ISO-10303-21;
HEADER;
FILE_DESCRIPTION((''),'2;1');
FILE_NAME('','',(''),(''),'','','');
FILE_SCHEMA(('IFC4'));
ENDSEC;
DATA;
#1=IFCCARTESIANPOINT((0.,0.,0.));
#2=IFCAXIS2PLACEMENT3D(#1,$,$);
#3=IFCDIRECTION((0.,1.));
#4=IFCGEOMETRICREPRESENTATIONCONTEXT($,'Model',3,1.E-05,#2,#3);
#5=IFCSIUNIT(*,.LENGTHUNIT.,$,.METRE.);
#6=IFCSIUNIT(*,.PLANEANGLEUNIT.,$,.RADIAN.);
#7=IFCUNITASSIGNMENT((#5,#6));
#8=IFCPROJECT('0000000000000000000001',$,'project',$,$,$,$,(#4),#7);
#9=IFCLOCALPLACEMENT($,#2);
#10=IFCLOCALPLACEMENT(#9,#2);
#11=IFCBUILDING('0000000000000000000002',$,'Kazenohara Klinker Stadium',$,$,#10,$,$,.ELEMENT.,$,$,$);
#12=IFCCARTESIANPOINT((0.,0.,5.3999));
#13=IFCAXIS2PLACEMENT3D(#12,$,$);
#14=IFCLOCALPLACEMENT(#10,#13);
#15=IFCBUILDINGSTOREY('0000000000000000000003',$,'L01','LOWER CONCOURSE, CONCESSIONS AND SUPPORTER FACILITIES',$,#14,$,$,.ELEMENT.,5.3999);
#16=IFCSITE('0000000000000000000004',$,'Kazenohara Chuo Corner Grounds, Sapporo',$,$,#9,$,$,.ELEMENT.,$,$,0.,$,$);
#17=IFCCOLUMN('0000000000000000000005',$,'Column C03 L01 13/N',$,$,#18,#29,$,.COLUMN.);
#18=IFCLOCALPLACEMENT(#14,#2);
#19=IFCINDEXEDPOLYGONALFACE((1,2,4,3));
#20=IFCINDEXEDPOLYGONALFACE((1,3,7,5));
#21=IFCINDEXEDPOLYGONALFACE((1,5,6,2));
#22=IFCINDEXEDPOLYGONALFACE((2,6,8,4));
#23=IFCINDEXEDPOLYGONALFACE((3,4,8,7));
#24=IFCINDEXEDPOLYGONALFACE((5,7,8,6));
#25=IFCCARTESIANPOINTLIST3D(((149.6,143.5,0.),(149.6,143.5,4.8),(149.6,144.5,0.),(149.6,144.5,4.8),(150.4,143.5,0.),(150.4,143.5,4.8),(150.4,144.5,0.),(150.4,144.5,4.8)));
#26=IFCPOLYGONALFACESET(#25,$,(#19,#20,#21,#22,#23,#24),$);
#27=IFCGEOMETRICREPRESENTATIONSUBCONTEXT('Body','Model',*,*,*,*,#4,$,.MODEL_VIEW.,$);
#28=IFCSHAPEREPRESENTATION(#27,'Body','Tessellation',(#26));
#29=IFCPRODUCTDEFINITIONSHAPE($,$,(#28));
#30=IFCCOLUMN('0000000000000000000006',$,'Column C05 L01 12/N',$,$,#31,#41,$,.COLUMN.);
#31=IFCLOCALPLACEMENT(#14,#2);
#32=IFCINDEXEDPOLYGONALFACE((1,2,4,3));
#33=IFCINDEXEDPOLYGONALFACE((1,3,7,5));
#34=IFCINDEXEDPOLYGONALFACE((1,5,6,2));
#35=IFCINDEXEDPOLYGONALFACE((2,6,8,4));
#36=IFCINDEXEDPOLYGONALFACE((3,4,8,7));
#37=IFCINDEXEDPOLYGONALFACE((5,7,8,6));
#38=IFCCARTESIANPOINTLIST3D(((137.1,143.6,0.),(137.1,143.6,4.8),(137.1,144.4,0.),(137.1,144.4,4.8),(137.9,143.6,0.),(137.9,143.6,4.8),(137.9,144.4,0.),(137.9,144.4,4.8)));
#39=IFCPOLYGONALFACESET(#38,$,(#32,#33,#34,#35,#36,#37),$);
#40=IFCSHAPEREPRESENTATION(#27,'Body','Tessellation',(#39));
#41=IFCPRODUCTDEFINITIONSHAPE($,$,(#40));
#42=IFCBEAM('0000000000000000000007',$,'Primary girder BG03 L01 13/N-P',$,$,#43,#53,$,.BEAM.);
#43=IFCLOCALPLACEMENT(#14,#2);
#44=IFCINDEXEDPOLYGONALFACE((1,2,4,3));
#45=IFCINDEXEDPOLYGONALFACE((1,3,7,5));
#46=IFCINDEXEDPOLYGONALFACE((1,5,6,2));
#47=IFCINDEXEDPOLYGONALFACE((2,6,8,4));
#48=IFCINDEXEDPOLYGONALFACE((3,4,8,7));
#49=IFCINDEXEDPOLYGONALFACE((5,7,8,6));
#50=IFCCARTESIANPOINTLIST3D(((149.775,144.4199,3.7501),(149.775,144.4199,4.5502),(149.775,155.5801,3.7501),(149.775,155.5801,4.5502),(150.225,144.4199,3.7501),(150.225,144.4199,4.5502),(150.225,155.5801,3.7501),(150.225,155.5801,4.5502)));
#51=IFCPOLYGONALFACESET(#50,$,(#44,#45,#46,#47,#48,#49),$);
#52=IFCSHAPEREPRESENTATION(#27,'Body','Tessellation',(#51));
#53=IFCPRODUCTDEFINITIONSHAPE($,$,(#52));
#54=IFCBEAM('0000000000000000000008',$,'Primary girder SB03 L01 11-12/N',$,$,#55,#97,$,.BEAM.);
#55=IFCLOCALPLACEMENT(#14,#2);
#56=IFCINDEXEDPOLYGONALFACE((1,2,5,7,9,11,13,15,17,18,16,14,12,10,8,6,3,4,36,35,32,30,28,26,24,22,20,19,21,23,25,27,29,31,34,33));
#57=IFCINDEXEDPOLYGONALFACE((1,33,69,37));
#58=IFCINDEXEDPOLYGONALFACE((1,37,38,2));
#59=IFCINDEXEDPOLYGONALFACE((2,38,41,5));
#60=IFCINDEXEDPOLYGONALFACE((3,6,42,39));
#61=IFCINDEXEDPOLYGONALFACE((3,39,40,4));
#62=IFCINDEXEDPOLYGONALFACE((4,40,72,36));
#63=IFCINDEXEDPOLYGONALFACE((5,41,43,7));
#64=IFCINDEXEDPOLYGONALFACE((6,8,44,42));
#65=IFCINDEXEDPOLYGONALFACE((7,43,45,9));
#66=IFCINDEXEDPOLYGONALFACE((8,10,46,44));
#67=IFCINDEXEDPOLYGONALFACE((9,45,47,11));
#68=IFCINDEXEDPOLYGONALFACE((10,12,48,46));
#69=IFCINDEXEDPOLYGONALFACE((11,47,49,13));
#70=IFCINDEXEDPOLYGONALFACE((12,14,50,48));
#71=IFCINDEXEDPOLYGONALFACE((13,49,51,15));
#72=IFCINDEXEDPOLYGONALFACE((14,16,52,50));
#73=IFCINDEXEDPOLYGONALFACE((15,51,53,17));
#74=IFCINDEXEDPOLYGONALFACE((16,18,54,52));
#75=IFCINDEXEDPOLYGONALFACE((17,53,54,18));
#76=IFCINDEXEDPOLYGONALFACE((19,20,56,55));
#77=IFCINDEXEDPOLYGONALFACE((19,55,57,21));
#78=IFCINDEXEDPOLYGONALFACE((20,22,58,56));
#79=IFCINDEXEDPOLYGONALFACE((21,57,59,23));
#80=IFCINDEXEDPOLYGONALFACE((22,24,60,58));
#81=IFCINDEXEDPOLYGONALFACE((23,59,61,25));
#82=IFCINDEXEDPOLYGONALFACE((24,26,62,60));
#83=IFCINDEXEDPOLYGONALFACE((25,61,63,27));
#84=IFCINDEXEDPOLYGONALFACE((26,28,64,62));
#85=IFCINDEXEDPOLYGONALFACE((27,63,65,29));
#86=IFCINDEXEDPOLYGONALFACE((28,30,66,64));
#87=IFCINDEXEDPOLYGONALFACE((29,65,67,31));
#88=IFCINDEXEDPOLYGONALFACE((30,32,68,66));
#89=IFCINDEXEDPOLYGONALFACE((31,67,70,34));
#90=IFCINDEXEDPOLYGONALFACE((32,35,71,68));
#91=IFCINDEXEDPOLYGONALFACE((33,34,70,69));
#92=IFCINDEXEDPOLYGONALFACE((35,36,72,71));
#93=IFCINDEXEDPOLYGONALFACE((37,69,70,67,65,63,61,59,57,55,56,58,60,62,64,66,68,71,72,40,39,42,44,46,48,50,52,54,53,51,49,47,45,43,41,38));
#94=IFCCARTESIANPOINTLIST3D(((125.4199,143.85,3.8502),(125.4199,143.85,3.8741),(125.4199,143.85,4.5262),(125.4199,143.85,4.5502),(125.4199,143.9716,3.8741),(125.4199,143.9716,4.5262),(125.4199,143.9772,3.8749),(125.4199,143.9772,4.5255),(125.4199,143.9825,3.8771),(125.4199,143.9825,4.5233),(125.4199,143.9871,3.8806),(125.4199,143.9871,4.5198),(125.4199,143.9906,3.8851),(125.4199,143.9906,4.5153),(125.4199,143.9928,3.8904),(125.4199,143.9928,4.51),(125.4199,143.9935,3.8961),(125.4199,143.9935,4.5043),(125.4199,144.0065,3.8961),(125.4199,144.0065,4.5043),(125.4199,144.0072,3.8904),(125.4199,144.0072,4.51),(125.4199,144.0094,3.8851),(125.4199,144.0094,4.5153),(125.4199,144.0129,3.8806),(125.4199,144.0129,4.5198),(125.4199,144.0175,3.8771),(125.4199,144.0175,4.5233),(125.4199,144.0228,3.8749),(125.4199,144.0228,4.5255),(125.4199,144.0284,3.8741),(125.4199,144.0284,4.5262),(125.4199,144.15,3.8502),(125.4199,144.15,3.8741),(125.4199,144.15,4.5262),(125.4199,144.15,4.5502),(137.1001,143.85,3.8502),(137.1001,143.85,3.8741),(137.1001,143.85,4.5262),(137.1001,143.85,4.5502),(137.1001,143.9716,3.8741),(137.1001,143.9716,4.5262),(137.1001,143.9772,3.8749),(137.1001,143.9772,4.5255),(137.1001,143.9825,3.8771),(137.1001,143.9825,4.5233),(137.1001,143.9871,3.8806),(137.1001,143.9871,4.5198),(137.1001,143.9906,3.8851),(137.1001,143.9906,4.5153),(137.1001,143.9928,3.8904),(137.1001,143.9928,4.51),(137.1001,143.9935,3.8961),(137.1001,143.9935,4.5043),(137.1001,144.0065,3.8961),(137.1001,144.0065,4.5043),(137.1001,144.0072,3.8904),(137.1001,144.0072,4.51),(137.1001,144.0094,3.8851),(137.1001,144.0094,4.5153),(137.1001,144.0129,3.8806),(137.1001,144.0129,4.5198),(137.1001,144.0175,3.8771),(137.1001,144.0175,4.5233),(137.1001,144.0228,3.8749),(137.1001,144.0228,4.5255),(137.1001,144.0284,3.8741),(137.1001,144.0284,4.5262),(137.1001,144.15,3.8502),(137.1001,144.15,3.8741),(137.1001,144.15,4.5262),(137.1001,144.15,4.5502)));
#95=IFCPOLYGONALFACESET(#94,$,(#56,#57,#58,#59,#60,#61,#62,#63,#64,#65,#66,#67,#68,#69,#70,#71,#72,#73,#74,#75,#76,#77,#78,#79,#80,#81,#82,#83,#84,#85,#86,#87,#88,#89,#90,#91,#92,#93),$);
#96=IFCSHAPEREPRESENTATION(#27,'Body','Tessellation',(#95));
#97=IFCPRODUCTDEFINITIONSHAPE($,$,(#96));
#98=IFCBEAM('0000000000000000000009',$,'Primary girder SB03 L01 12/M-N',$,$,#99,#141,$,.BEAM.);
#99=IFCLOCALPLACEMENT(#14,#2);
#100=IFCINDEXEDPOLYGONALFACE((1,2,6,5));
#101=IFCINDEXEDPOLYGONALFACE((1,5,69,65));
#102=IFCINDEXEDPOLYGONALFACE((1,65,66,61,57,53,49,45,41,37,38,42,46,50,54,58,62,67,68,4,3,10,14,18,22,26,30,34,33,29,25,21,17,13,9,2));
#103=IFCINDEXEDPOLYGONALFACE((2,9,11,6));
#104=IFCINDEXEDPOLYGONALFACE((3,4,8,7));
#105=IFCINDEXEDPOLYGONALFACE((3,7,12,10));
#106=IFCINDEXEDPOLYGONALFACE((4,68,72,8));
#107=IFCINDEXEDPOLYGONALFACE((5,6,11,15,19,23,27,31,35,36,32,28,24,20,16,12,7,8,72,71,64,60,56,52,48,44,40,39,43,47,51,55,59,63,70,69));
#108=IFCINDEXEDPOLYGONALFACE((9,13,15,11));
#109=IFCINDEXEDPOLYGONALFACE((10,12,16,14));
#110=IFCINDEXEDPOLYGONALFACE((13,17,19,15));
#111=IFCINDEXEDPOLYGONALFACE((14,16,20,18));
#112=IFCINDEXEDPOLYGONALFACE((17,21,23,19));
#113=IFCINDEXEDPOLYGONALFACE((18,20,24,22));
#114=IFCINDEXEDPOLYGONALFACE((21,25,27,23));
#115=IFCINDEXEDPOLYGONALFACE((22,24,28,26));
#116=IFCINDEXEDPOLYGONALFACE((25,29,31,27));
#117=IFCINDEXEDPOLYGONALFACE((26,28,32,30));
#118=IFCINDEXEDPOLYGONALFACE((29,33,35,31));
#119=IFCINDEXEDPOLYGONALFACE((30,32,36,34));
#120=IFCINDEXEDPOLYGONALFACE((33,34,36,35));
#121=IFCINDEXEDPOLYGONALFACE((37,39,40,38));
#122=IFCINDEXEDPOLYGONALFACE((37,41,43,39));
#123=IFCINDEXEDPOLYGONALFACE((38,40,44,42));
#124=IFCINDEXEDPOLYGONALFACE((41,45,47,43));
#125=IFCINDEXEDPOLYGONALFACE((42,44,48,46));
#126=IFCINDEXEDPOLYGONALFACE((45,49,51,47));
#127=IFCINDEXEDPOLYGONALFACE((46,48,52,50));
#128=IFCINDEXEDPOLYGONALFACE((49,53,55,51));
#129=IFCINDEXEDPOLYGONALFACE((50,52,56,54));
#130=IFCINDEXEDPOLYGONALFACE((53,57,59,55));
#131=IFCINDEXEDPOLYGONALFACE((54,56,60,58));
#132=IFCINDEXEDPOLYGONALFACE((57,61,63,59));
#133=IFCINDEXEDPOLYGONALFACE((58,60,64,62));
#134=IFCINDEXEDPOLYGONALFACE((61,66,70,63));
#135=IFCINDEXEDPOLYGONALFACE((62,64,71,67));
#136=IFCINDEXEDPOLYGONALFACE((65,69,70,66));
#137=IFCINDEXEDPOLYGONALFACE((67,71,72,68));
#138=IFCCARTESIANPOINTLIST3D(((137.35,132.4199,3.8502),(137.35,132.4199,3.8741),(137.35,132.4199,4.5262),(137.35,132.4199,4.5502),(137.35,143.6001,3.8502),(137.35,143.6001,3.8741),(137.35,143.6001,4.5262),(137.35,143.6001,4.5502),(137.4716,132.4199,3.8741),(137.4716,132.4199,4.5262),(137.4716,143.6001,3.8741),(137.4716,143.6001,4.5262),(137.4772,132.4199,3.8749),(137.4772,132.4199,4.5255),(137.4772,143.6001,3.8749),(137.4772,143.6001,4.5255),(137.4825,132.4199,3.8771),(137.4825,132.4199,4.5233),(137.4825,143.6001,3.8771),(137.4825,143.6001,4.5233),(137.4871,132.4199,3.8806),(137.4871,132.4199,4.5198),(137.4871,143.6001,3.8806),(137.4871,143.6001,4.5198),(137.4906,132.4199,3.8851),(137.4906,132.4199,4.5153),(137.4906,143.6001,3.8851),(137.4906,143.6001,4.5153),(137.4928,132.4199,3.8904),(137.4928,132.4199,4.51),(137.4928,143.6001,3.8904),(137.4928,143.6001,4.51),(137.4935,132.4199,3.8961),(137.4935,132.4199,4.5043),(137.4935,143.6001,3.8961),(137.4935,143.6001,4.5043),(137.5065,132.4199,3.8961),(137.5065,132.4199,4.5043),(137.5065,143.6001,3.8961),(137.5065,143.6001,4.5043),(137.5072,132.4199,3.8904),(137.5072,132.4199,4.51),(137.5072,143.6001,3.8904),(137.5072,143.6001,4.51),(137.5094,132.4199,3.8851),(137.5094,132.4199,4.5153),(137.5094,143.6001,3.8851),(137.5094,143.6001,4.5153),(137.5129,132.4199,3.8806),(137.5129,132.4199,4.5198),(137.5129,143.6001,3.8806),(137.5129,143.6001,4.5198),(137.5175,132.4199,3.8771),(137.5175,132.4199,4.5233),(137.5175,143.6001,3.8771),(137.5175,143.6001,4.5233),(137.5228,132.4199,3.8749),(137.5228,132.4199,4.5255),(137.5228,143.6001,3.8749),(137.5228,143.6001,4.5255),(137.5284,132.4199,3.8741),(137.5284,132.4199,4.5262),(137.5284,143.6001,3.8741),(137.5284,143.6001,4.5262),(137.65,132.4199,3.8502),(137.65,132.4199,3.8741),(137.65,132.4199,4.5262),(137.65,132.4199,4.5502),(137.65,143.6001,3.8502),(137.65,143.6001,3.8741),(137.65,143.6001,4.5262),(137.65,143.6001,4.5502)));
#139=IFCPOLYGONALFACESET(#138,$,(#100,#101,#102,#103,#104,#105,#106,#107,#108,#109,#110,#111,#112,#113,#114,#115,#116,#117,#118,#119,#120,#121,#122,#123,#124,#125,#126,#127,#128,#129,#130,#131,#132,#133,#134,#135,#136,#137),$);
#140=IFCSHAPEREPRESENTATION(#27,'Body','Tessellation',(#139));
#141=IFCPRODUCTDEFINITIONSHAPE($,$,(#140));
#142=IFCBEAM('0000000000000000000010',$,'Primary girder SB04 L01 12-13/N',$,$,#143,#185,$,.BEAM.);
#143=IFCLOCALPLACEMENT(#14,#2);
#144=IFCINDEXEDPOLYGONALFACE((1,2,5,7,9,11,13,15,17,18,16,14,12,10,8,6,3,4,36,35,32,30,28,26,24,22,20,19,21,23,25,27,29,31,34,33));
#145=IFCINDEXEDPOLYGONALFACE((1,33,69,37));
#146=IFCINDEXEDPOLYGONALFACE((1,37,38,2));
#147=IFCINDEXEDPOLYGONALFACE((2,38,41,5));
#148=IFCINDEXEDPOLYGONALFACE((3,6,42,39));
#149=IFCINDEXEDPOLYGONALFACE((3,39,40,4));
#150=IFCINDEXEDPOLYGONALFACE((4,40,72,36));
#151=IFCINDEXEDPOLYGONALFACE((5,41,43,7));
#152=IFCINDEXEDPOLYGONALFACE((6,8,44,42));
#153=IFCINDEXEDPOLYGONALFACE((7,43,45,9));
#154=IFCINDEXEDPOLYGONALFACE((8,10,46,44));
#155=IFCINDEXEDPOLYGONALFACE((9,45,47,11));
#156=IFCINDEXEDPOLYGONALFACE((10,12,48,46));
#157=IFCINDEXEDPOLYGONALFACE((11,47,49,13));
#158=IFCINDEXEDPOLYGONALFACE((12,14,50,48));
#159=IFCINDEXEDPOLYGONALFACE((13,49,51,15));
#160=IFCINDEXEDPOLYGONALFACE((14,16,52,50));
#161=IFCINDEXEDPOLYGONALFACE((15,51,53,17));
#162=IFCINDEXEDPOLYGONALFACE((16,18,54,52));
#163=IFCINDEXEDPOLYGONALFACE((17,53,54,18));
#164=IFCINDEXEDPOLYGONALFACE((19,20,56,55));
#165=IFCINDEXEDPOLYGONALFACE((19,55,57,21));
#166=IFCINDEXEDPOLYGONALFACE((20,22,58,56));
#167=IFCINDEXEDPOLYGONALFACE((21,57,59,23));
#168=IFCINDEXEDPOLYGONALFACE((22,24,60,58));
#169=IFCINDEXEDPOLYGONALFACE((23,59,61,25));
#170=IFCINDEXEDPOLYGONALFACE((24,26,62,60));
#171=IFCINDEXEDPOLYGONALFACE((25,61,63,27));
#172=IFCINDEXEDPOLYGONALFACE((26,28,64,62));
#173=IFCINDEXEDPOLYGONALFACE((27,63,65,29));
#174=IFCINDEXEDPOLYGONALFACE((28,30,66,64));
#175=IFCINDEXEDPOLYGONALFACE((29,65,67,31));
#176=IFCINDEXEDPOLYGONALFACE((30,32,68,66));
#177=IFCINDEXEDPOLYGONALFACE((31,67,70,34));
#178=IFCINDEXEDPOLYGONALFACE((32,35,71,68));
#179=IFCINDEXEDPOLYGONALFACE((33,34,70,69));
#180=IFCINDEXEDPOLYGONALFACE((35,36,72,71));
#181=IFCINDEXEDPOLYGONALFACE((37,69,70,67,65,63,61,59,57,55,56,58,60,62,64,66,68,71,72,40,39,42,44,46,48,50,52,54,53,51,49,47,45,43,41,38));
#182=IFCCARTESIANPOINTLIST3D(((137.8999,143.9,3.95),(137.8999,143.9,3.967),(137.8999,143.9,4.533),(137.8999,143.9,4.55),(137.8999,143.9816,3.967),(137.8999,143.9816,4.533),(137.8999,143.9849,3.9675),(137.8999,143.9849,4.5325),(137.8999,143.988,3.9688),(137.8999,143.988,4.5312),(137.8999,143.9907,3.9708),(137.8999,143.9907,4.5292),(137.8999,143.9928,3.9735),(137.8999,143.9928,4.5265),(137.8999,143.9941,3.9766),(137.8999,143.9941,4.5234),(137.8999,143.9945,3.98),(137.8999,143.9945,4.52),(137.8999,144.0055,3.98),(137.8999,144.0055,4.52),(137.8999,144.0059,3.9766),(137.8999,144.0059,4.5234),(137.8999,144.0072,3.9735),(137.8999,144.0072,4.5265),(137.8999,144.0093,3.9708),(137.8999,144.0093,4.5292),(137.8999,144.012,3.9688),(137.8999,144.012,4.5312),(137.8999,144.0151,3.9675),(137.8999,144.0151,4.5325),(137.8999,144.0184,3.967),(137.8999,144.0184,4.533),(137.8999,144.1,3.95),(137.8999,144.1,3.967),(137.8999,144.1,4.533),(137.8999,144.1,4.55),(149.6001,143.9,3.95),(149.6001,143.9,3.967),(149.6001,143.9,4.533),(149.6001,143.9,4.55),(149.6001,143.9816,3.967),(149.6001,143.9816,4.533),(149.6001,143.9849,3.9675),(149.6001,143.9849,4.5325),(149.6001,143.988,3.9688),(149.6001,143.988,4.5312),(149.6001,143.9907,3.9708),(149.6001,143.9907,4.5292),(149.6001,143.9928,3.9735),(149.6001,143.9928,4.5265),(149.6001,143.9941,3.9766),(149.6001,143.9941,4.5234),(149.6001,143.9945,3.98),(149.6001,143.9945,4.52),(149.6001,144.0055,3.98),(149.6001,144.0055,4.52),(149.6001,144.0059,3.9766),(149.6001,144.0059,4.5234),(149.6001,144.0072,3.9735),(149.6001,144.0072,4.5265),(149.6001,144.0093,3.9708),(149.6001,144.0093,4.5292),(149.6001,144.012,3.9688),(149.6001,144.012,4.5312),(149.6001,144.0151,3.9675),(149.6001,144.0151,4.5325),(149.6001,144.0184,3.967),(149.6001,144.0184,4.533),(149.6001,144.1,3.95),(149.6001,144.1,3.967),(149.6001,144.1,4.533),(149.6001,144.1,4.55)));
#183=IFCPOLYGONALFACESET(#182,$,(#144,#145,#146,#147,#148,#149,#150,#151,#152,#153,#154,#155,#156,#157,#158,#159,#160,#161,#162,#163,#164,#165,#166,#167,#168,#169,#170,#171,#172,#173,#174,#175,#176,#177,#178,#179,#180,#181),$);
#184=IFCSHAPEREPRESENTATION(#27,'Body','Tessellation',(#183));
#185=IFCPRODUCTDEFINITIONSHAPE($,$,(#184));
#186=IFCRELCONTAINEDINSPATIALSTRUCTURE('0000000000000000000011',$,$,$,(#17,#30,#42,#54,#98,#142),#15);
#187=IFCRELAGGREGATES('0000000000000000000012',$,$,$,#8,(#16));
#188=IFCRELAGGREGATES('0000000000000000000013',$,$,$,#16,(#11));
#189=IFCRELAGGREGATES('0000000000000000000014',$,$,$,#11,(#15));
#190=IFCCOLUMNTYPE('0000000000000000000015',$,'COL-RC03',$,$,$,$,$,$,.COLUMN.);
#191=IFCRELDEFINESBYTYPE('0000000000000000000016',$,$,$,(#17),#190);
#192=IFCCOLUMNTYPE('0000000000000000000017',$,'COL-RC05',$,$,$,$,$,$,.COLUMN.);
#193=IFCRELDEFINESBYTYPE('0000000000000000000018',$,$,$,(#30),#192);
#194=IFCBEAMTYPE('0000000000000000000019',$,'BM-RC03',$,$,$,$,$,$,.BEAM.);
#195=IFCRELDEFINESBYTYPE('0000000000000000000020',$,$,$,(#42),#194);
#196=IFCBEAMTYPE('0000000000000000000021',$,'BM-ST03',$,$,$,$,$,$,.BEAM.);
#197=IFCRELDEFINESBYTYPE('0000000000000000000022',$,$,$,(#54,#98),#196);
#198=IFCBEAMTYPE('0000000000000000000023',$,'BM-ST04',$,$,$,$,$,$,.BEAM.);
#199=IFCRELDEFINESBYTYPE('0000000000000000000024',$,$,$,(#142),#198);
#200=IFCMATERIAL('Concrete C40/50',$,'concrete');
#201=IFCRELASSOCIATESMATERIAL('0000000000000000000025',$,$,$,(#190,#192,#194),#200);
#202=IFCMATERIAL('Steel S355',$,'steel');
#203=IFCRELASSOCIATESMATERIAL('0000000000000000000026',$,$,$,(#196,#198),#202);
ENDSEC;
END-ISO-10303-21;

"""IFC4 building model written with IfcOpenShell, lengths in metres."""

from ifc_helpers import new_model, si_unit, direction, frame, origin, origin_2d, place, context, subcontext, project, spatial, rectangle, i_section, extrude, material, material_profile, profile_set, type_object, element, save


model = new_model("IFC4")

# Units and contexts
model_context = context("Model", 3, precision=1e-05, world=origin(), true_north=direction((0.0, 1.0)))
body_context = subcontext(model_context, "Body", "Model", "MODEL_VIEW")
ifc_project = project(units=[si_unit("LENGTHUNIT", "METRE"), si_unit("PLANEANGLEUNIT", "RADIAN")], contexts=[model_context])

# Site, building, storey
site_placement = place(None, origin())
site = spatial("IfcSite", under=ifc_project, at=site_placement, Name="Kazenohara Chuo Corner Grounds, Sapporo", CompositionType="ELEMENT", RefElevation=0.0)
building_placement = place(site_placement, origin())
building = spatial("IfcBuilding", under=site, at=building_placement, Name="Kazenohara Klinker Stadium", CompositionType="ELEMENT")
storey_placement = place(building_placement, frame((0.0, 0.0, 5.3999)))
storey = spatial("IfcBuildingStorey", under=building, at=storey_placement, Name="L01", Description="LOWER CONCOURSE, CONCESSIONS AND SUPPORTER FACILITIES", CompositionType="ELEMENT", Elevation=5.3999)

# Columns
ifc_material_1 = material(Name="Concrete C40/50", Category="concrete")
ifc_material_profile_1 = material_profile(ifc_material_1, rectangle(XDim=0.8, YDim=1.0, at=origin_2d()), Name="RC-COL-1000x800")
ifc_profile_set_1 = profile_set([ifc_material_profile_1], Name="Concrete C40/50")
column_type_1 = type_object("IfcColumnType", Name="COL-RC03", PredefinedType="COLUMN", material=ifc_profile_set_1)
column_1_placement = place(storey_placement, frame((150.0, 144.0, 0.0), z_axis=(0.0, 0.0, 1.0), x_axis=(1.0, 0.0, 0.0)))
element("IfcColumn", 1, at=column_1_placement, inside=storey, type_object=column_type_1, Name="Column C03 L01 13/N", PredefinedType="COLUMN", context=body_context, shape_type="SweptSolid", body=[
    extrude(rectangle(XDim=0.8, YDim=1.0, at=origin_2d()), origin(), (0.0, 0.0, 1.0), 4.8),
])
ifc_material_profile_2 = material_profile(ifc_material_1, rectangle(XDim=0.8, YDim=0.8, at=origin_2d()), Name="RC-COL-800x800")
ifc_profile_set_2 = profile_set([ifc_material_profile_2], Name="Concrete C40/50")
column_type_2 = type_object("IfcColumnType", Name="COL-RC05", PredefinedType="COLUMN", material=ifc_profile_set_2)
column_2_placement = place(storey_placement, frame((137.5, 144.0, 0.0), z_axis=(0.0, 0.0, 1.0), x_axis=(1.0, 0.0, 0.0)))
element("IfcColumn", 2, at=column_2_placement, inside=storey, type_object=column_type_2, Name="Column C05 L01 12/N", PredefinedType="COLUMN", context=body_context, shape_type="SweptSolid", body=[
    extrude(rectangle(XDim=0.8, YDim=0.8, at=origin_2d()), origin(), (0.0, 0.0, 1.0), 4.8),
])

# Beams
ifc_material_profile_3 = material_profile(ifc_material_1, rectangle(XDim=0.45, YDim=0.8, at=origin_2d()), Name="RC-BM-450x800")
ifc_profile_set_3 = profile_set([ifc_material_profile_3], Name="Concrete C40/50")
beam_type_1 = type_object("IfcBeamType", Name="BM-RC03", PredefinedType="BEAM", material=ifc_profile_set_3)
beam_1_placement = place(storey_placement, frame((150.0, 144.4199, 4.1501), z_axis=(0.0, 1.0, 0.0), x_axis=(-1.0, 0.0, 0.0)))
element("IfcBeam", 3, at=beam_1_placement, inside=storey, type_object=beam_type_1, Name="Primary girder BG03 L01 13/N-P", PredefinedType="BEAM", context=body_context, shape_type="SweptSolid", body=[
    extrude(rectangle(XDim=0.45, YDim=0.8, at=origin_2d()), origin(), (0.0, 0.0, 1.0), 11.1602),
])
ifc_material_2 = material(Name="Steel S355", Category="steel")
ifc_material_profile_4 = material_profile(ifc_material_2, i_section(OverallWidth=0.3, OverallDepth=0.7, WebThickness=0.0129, FlangeThickness=0.0239, FilletRadius=0.022, at=origin_2d()), Name="H-700x300x13x24")
ifc_profile_set_4 = profile_set([ifc_material_profile_4], Name="Steel S355")
beam_type_2 = type_object("IfcBeamType", Name="BM-ST03", PredefinedType="BEAM", material=ifc_profile_set_4)
beam_2_placement = place(storey_placement, frame((125.4199, 144.0, 4.2002), z_axis=(1.0, 0.0, 0.0), x_axis=(0.0, 1.0, 0.0)))
element("IfcBeam", 4, at=beam_2_placement, inside=storey, type_object=beam_type_2, Name="Primary girder SB03 L01 11-12/N", PredefinedType="BEAM", context=body_context, shape_type="SweptSolid", body=[
    extrude(i_section(OverallWidth=0.3, OverallDepth=0.7, WebThickness=0.0129, FlangeThickness=0.0239, FilletRadius=0.022, at=origin_2d()), origin(), (0.0, 0.0, 1.0), 11.6802),
])
beam_3_placement = place(storey_placement, frame((137.5, 132.4199, 4.2002), z_axis=(0.0, 1.0, 0.0), x_axis=(-1.0, 0.0, 0.0)))
element("IfcBeam", 5, at=beam_3_placement, inside=storey, type_object=beam_type_2, Name="Primary girder SB03 L01 12/M-N", PredefinedType="BEAM", context=body_context, shape_type="SweptSolid", body=[
    extrude(i_section(OverallWidth=0.3, OverallDepth=0.7, WebThickness=0.0129, FlangeThickness=0.0239, FilletRadius=0.022, at=origin_2d()), origin(), (0.0, 0.0, 1.0), 11.1802),
])
ifc_material_profile_5 = material_profile(ifc_material_2, i_section(OverallWidth=0.2, OverallDepth=0.6001, WebThickness=0.011, FlangeThickness=0.0171, FilletRadius=0.0129, at=origin_2d()), Name="H-600x200x11x17")
ifc_profile_set_5 = profile_set([ifc_material_profile_5], Name="Steel S355")
beam_type_3 = type_object("IfcBeamType", Name="BM-ST04", PredefinedType="BEAM", material=ifc_profile_set_5)
beam_4_placement = place(storey_placement, frame((137.8999, 144.0, 4.25), z_axis=(1.0, 0.0, 0.0), x_axis=(0.0, 1.0, 0.0)))
element("IfcBeam", 6, at=beam_4_placement, inside=storey, type_object=beam_type_3, Name="Primary girder SB04 L01 12-13/N", PredefinedType="BEAM", context=body_context, shape_type="SweptSolid", body=[
    extrude(i_section(OverallWidth=0.2, OverallDepth=0.6001, WebThickness=0.011, FlangeThickness=0.0171, FilletRadius=0.0129, at=origin_2d()), origin(), (0.0, 0.0, 1.0), 11.7002),
])

save(model, "model.ifc")
